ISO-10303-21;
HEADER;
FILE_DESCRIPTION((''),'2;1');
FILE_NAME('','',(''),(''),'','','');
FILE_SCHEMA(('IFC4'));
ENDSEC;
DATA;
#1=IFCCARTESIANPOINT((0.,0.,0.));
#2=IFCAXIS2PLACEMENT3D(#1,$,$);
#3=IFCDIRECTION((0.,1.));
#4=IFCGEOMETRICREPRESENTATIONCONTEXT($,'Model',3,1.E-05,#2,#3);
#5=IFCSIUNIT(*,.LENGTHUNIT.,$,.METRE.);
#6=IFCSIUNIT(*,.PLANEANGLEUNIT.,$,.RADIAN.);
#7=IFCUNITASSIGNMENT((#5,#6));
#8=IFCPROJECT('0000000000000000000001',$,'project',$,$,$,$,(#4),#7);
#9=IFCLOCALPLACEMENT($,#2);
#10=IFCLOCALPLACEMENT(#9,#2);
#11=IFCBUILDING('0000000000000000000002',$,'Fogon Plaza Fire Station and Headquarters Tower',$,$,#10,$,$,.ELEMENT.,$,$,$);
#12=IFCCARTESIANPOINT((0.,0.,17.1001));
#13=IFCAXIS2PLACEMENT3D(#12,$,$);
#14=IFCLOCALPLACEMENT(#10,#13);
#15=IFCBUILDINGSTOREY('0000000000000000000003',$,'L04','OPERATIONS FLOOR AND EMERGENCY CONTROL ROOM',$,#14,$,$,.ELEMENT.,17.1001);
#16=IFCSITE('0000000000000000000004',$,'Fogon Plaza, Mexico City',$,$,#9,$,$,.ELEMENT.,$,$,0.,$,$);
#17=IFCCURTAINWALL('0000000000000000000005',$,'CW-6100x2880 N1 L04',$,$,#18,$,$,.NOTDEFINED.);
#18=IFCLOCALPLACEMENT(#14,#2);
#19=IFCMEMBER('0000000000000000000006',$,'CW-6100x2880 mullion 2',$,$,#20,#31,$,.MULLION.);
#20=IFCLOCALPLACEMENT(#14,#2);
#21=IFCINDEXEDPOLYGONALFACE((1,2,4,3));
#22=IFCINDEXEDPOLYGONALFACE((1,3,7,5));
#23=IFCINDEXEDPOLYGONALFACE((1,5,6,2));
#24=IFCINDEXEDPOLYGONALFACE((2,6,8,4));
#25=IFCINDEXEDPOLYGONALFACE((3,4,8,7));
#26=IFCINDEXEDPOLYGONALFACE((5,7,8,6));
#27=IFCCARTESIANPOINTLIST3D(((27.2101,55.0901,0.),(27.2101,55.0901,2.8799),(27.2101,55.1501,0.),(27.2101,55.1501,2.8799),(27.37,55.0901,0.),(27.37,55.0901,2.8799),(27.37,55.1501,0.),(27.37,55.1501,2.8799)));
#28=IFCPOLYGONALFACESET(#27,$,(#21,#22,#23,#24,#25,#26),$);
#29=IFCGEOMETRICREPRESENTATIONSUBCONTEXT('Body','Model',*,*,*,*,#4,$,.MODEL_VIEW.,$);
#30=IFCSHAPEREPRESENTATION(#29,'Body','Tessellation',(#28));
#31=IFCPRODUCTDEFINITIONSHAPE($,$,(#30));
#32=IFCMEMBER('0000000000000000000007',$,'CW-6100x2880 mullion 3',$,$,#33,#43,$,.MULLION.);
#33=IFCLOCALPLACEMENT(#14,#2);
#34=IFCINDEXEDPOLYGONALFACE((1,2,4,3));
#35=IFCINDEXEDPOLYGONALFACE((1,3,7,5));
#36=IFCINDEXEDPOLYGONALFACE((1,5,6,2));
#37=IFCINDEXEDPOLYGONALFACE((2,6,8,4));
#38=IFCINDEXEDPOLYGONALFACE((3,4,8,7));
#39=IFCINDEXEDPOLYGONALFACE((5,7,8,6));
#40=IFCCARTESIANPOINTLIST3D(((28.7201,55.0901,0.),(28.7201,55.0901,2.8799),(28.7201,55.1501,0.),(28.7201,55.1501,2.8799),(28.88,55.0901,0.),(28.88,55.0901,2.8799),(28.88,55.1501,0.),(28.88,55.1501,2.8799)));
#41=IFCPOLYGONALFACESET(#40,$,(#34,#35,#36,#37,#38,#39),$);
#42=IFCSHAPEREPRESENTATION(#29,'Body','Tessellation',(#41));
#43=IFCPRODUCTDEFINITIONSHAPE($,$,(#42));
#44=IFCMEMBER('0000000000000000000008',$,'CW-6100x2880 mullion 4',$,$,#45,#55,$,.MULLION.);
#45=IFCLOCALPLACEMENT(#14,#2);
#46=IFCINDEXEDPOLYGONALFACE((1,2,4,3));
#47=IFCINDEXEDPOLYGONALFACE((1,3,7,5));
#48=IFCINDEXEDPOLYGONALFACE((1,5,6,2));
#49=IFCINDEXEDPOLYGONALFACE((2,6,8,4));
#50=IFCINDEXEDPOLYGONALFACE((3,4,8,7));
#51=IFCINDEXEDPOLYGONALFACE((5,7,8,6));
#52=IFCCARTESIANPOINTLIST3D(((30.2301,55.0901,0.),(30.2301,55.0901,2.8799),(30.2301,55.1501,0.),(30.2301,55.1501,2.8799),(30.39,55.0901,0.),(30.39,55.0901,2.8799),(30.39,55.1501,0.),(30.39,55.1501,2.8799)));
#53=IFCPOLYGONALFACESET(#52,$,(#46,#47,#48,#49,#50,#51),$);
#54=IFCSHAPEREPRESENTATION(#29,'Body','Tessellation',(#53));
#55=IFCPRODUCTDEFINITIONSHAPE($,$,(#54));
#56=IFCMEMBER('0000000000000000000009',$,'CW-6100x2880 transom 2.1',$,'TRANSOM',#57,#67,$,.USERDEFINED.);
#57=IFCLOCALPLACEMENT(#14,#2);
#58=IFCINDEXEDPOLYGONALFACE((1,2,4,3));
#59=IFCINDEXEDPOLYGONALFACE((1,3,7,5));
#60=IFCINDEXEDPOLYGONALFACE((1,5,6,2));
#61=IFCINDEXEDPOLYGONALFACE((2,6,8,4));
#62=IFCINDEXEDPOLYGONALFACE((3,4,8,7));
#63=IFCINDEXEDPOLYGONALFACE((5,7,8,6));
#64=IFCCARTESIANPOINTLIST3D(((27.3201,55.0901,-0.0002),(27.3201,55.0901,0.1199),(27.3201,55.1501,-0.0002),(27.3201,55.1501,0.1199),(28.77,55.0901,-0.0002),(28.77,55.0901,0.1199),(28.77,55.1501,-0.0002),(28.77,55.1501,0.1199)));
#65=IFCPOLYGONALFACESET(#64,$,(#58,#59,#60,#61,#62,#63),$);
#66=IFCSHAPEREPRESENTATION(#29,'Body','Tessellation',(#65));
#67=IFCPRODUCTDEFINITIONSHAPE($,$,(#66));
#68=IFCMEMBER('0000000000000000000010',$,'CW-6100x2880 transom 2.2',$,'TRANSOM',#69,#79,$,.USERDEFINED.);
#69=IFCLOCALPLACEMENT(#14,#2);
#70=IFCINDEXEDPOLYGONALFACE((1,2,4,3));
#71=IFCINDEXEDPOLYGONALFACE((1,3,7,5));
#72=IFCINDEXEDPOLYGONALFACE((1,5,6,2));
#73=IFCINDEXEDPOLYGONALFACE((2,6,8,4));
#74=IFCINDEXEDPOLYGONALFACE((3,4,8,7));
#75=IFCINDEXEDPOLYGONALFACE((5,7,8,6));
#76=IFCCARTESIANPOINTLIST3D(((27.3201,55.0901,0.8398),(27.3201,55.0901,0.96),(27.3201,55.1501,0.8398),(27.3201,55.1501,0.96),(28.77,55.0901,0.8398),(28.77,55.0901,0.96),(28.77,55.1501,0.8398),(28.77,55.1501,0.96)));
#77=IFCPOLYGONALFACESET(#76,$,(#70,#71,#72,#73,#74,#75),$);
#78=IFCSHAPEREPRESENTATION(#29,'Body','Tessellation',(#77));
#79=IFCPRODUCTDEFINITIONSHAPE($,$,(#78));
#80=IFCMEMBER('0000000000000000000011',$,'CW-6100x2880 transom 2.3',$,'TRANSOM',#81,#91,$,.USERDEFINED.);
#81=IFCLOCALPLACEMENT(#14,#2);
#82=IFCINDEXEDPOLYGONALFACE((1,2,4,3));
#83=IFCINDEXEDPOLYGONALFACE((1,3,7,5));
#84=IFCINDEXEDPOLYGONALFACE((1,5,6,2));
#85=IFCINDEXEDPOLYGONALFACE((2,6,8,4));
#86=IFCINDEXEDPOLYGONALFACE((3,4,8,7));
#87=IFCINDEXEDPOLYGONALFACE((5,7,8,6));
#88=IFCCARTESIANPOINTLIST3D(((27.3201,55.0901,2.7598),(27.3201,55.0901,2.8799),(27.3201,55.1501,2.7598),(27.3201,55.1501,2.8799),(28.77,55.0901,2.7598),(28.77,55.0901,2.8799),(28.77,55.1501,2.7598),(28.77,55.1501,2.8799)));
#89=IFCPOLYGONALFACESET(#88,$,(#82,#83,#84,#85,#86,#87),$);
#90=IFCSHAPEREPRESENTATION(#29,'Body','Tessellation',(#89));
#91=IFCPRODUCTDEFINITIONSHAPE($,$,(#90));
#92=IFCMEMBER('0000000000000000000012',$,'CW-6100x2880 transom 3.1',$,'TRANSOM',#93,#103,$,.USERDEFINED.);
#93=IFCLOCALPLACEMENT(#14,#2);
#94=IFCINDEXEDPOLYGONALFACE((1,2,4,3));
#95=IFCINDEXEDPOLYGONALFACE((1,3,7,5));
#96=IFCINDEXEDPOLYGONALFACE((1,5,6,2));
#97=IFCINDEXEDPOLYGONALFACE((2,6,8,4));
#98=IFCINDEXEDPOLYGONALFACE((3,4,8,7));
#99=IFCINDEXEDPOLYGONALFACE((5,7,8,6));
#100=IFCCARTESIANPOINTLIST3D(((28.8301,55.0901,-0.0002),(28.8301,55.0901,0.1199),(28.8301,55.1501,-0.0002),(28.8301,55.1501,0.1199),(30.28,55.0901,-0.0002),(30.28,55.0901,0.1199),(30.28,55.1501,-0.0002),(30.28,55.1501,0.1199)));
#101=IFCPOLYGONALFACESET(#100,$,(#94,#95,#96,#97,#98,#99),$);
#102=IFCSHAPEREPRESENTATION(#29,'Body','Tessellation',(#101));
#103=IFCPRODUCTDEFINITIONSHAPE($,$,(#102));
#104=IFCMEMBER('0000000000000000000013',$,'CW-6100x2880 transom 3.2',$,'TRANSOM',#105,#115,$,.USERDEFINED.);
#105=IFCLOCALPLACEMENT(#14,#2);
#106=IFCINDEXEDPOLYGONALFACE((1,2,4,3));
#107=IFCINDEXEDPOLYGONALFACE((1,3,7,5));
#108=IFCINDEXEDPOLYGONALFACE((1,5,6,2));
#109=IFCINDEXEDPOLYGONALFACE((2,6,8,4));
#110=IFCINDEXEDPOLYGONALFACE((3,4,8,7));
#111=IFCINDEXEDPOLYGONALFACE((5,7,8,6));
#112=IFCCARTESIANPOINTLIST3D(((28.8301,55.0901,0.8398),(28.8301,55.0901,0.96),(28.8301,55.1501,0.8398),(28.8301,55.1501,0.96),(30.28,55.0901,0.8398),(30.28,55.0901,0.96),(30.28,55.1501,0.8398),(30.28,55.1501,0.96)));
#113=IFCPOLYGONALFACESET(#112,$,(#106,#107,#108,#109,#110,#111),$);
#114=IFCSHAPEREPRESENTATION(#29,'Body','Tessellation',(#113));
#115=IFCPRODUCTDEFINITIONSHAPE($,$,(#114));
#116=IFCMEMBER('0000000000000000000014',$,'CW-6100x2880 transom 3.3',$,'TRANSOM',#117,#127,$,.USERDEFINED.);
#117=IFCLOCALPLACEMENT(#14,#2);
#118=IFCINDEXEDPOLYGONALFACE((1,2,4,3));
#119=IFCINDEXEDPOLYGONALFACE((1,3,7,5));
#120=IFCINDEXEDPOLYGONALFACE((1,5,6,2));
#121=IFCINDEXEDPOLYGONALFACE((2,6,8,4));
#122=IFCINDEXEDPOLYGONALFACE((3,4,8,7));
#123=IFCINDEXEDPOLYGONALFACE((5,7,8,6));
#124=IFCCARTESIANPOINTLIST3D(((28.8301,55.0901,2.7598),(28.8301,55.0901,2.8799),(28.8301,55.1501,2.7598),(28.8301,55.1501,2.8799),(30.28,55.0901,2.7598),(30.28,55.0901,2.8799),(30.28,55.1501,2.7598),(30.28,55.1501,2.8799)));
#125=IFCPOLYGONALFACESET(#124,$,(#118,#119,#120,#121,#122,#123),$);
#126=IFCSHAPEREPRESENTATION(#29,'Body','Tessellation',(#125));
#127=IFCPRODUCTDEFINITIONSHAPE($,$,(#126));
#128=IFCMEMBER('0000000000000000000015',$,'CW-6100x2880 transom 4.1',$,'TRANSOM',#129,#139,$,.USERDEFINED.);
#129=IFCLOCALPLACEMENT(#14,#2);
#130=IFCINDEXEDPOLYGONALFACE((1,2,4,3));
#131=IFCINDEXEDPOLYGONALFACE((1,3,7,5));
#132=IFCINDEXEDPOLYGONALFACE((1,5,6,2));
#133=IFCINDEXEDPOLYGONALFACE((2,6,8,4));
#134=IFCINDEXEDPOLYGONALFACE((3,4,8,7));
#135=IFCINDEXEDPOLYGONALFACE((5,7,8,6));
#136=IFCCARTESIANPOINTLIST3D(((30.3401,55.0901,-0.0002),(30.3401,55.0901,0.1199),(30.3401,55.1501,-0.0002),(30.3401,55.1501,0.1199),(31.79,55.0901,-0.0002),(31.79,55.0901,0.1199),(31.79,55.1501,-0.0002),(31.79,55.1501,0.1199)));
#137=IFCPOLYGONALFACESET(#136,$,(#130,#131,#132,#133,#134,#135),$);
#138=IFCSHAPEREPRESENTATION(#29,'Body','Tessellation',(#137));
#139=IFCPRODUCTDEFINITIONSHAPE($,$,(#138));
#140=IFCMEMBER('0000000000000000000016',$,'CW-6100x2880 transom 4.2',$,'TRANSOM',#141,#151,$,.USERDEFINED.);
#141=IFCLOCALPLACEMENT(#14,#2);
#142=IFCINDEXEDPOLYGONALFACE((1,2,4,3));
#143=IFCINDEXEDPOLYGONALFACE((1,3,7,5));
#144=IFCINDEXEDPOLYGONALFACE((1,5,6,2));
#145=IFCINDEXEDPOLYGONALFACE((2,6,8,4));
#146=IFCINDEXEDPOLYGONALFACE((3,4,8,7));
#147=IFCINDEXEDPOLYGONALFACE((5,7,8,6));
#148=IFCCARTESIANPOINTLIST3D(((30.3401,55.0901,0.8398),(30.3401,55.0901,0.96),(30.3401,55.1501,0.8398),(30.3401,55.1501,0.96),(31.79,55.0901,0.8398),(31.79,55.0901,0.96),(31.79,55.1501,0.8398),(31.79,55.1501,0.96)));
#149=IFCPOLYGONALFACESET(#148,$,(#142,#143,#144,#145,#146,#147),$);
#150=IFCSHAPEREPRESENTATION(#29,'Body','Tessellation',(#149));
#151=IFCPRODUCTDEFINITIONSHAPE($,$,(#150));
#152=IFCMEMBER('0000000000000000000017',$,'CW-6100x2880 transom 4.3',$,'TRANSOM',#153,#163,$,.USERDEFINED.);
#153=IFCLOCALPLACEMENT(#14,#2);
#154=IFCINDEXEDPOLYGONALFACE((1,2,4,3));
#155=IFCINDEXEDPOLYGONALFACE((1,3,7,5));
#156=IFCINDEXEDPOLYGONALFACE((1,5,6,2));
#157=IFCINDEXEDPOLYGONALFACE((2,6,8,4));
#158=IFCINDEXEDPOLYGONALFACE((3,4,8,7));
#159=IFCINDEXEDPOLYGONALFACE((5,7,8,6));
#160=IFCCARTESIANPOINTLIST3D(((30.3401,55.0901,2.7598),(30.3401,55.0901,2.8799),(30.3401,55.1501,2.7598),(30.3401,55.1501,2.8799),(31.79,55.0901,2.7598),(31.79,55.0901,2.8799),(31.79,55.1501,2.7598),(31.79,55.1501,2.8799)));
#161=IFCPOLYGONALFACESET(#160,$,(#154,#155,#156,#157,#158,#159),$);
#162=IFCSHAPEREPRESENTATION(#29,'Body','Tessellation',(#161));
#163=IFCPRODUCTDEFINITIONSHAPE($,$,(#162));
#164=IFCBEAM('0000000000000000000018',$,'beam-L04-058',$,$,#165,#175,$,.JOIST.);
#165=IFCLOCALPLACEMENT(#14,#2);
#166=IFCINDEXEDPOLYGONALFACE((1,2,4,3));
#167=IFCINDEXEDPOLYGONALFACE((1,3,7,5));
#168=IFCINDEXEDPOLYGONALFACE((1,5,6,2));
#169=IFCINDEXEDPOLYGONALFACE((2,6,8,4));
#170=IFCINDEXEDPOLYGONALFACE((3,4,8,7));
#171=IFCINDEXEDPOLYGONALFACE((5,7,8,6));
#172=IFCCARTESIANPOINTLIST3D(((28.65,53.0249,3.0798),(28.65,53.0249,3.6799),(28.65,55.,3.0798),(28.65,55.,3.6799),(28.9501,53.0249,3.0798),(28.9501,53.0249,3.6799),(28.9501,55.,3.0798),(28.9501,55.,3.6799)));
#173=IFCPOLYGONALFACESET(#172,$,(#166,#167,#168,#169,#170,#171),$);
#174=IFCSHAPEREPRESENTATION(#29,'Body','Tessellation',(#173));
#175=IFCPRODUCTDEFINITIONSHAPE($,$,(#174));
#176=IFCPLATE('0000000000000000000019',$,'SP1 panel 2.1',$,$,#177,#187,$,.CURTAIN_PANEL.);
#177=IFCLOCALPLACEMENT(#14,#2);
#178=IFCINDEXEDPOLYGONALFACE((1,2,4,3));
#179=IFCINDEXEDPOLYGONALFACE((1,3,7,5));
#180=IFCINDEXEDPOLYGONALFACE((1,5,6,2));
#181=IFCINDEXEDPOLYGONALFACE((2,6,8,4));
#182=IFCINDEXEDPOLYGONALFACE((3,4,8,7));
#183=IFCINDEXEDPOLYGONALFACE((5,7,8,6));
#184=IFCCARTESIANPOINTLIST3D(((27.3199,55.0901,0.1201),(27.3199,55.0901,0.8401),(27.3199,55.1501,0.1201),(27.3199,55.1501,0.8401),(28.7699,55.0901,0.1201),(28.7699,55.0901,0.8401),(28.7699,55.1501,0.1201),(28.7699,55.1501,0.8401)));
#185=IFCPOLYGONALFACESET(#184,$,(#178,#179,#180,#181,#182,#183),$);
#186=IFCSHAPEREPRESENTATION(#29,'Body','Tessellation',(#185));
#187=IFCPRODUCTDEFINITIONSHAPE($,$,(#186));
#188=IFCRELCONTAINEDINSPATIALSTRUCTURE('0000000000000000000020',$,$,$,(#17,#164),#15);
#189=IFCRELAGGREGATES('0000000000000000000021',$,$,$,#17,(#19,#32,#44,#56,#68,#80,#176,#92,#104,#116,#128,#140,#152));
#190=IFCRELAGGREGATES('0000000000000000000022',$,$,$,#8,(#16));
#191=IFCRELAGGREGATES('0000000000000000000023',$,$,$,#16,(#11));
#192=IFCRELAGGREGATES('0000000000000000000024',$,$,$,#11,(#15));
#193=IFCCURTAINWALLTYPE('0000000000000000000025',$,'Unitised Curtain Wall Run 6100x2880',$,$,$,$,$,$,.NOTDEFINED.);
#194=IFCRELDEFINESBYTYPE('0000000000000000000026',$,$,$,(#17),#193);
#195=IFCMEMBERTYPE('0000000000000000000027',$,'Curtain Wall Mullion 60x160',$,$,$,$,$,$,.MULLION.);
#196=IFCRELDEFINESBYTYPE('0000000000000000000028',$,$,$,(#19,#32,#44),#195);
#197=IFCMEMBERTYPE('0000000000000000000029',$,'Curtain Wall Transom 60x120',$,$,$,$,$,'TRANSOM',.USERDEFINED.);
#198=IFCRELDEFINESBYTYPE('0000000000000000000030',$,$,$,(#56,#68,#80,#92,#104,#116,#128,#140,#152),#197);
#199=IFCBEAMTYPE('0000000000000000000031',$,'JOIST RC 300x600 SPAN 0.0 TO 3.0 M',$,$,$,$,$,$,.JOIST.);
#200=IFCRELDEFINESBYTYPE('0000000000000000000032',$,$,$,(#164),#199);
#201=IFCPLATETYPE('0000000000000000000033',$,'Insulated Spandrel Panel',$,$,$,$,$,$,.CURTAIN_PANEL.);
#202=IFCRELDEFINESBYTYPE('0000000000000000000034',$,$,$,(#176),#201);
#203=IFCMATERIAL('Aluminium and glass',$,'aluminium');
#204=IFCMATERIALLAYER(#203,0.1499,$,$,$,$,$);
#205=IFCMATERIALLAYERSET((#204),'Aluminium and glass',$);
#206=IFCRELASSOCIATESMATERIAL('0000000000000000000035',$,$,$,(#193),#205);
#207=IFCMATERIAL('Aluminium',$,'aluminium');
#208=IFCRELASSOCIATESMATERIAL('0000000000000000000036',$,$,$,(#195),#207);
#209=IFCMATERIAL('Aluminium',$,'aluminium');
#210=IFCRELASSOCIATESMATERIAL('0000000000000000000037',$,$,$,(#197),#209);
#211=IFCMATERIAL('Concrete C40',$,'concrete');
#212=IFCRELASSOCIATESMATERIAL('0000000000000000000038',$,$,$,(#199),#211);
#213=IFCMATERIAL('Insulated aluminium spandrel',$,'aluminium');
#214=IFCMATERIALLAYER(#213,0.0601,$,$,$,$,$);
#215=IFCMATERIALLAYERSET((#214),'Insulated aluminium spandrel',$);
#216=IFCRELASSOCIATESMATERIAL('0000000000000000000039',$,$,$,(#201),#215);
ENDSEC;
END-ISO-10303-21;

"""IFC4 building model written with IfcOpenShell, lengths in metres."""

from ifc_helpers import new_model, si_unit, direction, frame, origin, origin_2d, place, context, subcontext, project, spatial, rectangle, extrude, material, layer, layer_set, material_profile, profile_set, type_object, element, aggregate, save


model = new_model("IFC4")

# Units and contexts
model_context = context("Model", 3, precision=1e-05, world=origin(), true_north=direction((0.0, 1.0)))
body_context = subcontext(model_context, "Body", "Model", "MODEL_VIEW")
ifc_project = project(units=[si_unit("LENGTHUNIT", "METRE"), si_unit("PLANEANGLEUNIT", "RADIAN")], contexts=[model_context])

# Site, building, storey
site_placement = place(None, origin())
site = spatial("IfcSite", under=ifc_project, at=site_placement, Name="Fogon Plaza, Mexico City", CompositionType="ELEMENT", RefElevation=0.0)
building_placement = place(site_placement, origin())
building = spatial("IfcBuilding", under=site, at=building_placement, Name="Fogon Plaza Fire Station and Headquarters Tower", CompositionType="ELEMENT")
storey_placement = place(building_placement, frame((0.0, 0.0, 17.1001)))
storey = spatial("IfcBuildingStorey", under=building, at=storey_placement, Name="L04", Description="OPERATIONS FLOOR AND EMERGENCY CONTROL ROOM", CompositionType="ELEMENT", Elevation=17.1001)

# Curtain wall, members
ifc_material_1 = material(Name="Aluminium and glass", Category="aluminium")
ifc_layer_1 = layer(ifc_material_1, 0.1499)
ifc_layer_set_1 = layer_set([ifc_layer_1], Name="Aluminium and glass")
curtain_wall_type = type_object("IfcCurtainWallType", Name="Unitised Curtain Wall Run 6100x2880", PredefinedType="NOTDEFINED", material=ifc_layer_set_1)
curtain_wall_placement = place(storey_placement, origin())
curtain_wall = element("IfcCurtainWall", 1, at=curtain_wall_placement, inside=storey, type_object=curtain_wall_type, Name="CW-6100x2880 N1 L04", PredefinedType="NOTDEFINED")
ifc_material_2 = material(Name="Aluminium", Category="aluminium")
ifc_material_profile_1 = material_profile(ifc_material_2, rectangle(XDim=0.0601, YDim=0.1599, at=origin_2d()), Name="Curtain Wall Mullion 60x160")
ifc_profile_set_1 = profile_set([ifc_material_profile_1], Name="Aluminium")
member_type_1 = type_object("IfcMemberType", Name="Curtain Wall Mullion 60x160", PredefinedType="MULLION", material=ifc_profile_set_1)
member_1_placement = place(storey_placement, frame((27.29, 55.1201, 0.0), z_axis=(0.0, 0.0, 1.0), x_axis=(0.0, 1.0, 0.0)))
member_1 = element("IfcMember", 2, at=member_1_placement, type_object=member_type_1, Name="CW-6100x2880 mullion 2", PredefinedType="MULLION", context=body_context, shape_type="SweptSolid", body=[
    extrude(rectangle(XDim=0.0601, YDim=0.1599, at=origin_2d()), origin(), (0.0, 0.0, 1.0), 2.8799),
])
member_2_placement = place(storey_placement, frame((28.8, 55.1201, 0.0), z_axis=(0.0, 0.0, 1.0), x_axis=(0.0, 1.0, 0.0)))
member_2 = element("IfcMember", 3, at=member_2_placement, type_object=member_type_1, Name="CW-6100x2880 mullion 3", PredefinedType="MULLION", context=body_context, shape_type="SweptSolid", body=[
    extrude(rectangle(XDim=0.0601, YDim=0.1599, at=origin_2d()), origin(), (0.0, 0.0, 1.0), 2.8799),
])
member_3_placement = place(storey_placement, frame((30.3101, 55.1201, 0.0), z_axis=(0.0, 0.0, 1.0), x_axis=(0.0, 1.0, 0.0)))
member_3 = element("IfcMember", 4, at=member_3_placement, type_object=member_type_1, Name="CW-6100x2880 mullion 4", PredefinedType="MULLION", context=body_context, shape_type="SweptSolid", body=[
    extrude(rectangle(XDim=0.0601, YDim=0.1599, at=origin_2d()), origin(), (0.0, 0.0, 1.0), 2.8799),
])
ifc_material_3 = material(Name="Aluminium", Category="aluminium")
ifc_material_profile_2 = material_profile(ifc_material_3, rectangle(XDim=0.0601, YDim=0.1201, at=origin_2d()), Name="Curtain Wall Transom 60x120")
ifc_profile_set_2 = profile_set([ifc_material_profile_2], Name="Aluminium")
member_type_2 = type_object("IfcMemberType", Name="Curtain Wall Transom 60x120", ElementType="TRANSOM", PredefinedType="USERDEFINED", material=ifc_profile_set_2)
member_4_placement = place(storey_placement, frame((27.3201, 55.1201, 0.0598), z_axis=(1.0, 0.0, 0.0), x_axis=(0.0, 1.0, 0.0)))
member_4 = element("IfcMember", 5, at=member_4_placement, type_object=member_type_2, Name="CW-6100x2880 transom 2.1", ObjectType="TRANSOM", PredefinedType="USERDEFINED", context=body_context, shape_type="SweptSolid", body=[
    extrude(rectangle(XDim=0.0601, YDim=0.1201, at=origin_2d()), origin(), (0.0, 0.0, 1.0), 1.45),
])
member_5_placement = place(storey_placement, frame((27.3201, 55.1201, 0.8999), z_axis=(1.0, 0.0, 0.0), x_axis=(0.0, 1.0, 0.0)))
member_5 = element("IfcMember", 6, at=member_5_placement, type_object=member_type_2, Name="CW-6100x2880 transom 2.2", ObjectType="TRANSOM", PredefinedType="USERDEFINED", context=body_context, shape_type="SweptSolid", body=[
    extrude(rectangle(XDim=0.0601, YDim=0.1201, at=origin_2d()), origin(), (0.0, 0.0, 1.0), 1.45),
])
member_6_placement = place(storey_placement, frame((27.3201, 55.1201, 2.8198), z_axis=(1.0, 0.0, 0.0), x_axis=(0.0, 1.0, 0.0)))
member_6 = element("IfcMember", 7, at=member_6_placement, type_object=member_type_2, Name="CW-6100x2880 transom 2.3", ObjectType="TRANSOM", PredefinedType="USERDEFINED", context=body_context, shape_type="SweptSolid", body=[
    extrude(rectangle(XDim=0.0601, YDim=0.1201, at=origin_2d()), origin(), (0.0, 0.0, 1.0), 1.45),
])
member_7_placement = place(storey_placement, frame((28.8301, 55.1201, 0.0598), z_axis=(1.0, 0.0, 0.0), x_axis=(0.0, 1.0, 0.0)))
member_7 = element("IfcMember", 8, at=member_7_placement, type_object=member_type_2, Name="CW-6100x2880 transom 3.1", ObjectType="TRANSOM", PredefinedType="USERDEFINED", context=body_context, shape_type="SweptSolid", body=[
    extrude(rectangle(XDim=0.0601, YDim=0.1201, at=origin_2d()), origin(), (0.0, 0.0, 1.0), 1.45),
])
member_8_placement = place(storey_placement, frame((28.8301, 55.1201, 0.8999), z_axis=(1.0, 0.0, 0.0), x_axis=(0.0, 1.0, 0.0)))
member_8 = element("IfcMember", 9, at=member_8_placement, type_object=member_type_2, Name="CW-6100x2880 transom 3.2", ObjectType="TRANSOM", PredefinedType="USERDEFINED", context=body_context, shape_type="SweptSolid", body=[
    extrude(rectangle(XDim=0.0601, YDim=0.1201, at=origin_2d()), origin(), (0.0, 0.0, 1.0), 1.45),
])
member_9_placement = place(storey_placement, frame((28.8301, 55.1201, 2.8198), z_axis=(1.0, 0.0, 0.0), x_axis=(0.0, 1.0, 0.0)))
member_9 = element("IfcMember", 10, at=member_9_placement, type_object=member_type_2, Name="CW-6100x2880 transom 3.3", ObjectType="TRANSOM", PredefinedType="USERDEFINED", context=body_context, shape_type="SweptSolid", body=[
    extrude(rectangle(XDim=0.0601, YDim=0.1201, at=origin_2d()), origin(), (0.0, 0.0, 1.0), 1.45),
])
member_10_placement = place(storey_placement, frame((30.3401, 55.1201, 0.0598), z_axis=(1.0, 0.0, 0.0), x_axis=(0.0, 1.0, 0.0)))
member_10 = element("IfcMember", 11, at=member_10_placement, type_object=member_type_2, Name="CW-6100x2880 transom 4.1", ObjectType="TRANSOM", PredefinedType="USERDEFINED", context=body_context, shape_type="SweptSolid", body=[
    extrude(rectangle(XDim=0.0601, YDim=0.1201, at=origin_2d()), origin(), (0.0, 0.0, 1.0), 1.45),
])
member_11_placement = place(storey_placement, frame((30.3401, 55.1201, 0.8999), z_axis=(1.0, 0.0, 0.0), x_axis=(0.0, 1.0, 0.0)))
member_11 = element("IfcMember", 12, at=member_11_placement, type_object=member_type_2, Name="CW-6100x2880 transom 4.2", ObjectType="TRANSOM", PredefinedType="USERDEFINED", context=body_context, shape_type="SweptSolid", body=[
    extrude(rectangle(XDim=0.0601, YDim=0.1201, at=origin_2d()), origin(), (0.0, 0.0, 1.0), 1.45),
])
member_12_placement = place(storey_placement, frame((30.3401, 55.1201, 2.8198), z_axis=(1.0, 0.0, 0.0), x_axis=(0.0, 1.0, 0.0)))
member_12 = element("IfcMember", 13, at=member_12_placement, type_object=member_type_2, Name="CW-6100x2880 transom 4.3", ObjectType="TRANSOM", PredefinedType="USERDEFINED", context=body_context, shape_type="SweptSolid", body=[
    extrude(rectangle(XDim=0.0601, YDim=0.1201, at=origin_2d()), origin(), (0.0, 0.0, 1.0), 1.45),
])

# Beam
ifc_material_4 = material(Name="Concrete C40", Category="concrete")
ifc_material_profile_3 = material_profile(ifc_material_4, rectangle(XDim=0.3, YDim=0.6001, at=origin_2d()), Name="RC 300x600")
ifc_profile_set_3 = profile_set([ifc_material_profile_3], Name="Concrete C40")
beam_type = type_object("IfcBeamType", Name="JOIST RC 300x600 SPAN 0.0 TO 3.0 M", PredefinedType="JOIST", material=ifc_profile_set_3)
beam_placement = place(storey_placement, frame((28.8, 53.0249, 3.3799), z_axis=(0.0, 1.0, 0.0), x_axis=(-1.0, 0.0, 0.0)))
element("IfcBeam", 14, at=beam_placement, inside=storey, type_object=beam_type, Name="beam-L04-058", PredefinedType="JOIST", context=body_context, shape_type="SweptSolid", body=[
    extrude(rectangle(XDim=0.3, YDim=0.6001, at=origin_2d()), origin(), (0.0, 0.0, 1.0), 1.9751),
])

# Plate
ifc_material_5 = material(Name="Insulated aluminium spandrel", Category="aluminium")
ifc_layer_2 = layer(ifc_material_5, 0.0601)
ifc_layer_set_2 = layer_set([ifc_layer_2], Name="Insulated aluminium spandrel")
plate_type_1 = type_object("IfcPlateType", Name="Insulated Spandrel Panel", PredefinedType="CURTAIN_PANEL", material=ifc_layer_set_2)
plate_1_placement = place(storey_placement, frame((28.0449, 55.1201, 0.1201), z_axis=(0.0, 0.0, 1.0), x_axis=(1.0, 0.0, 0.0)))
plate_1 = element("IfcPlate", 15, at=plate_1_placement, type_object=plate_type_1, Name="SP1 panel 2.1", PredefinedType="CURTAIN_PANEL", context=body_context, shape_type="SweptSolid", body=[
    extrude(rectangle(XDim=1.45, YDim=0.0601, at=origin_2d()), origin(), (0.0, 0.0, 1.0), 0.72),
])
aggregate(curtain_wall, [member_1, member_2, member_3, member_4, member_5, member_6, plate_1, member_7, member_8, member_9, member_10, member_11, member_12])

save(model, "model.ifc")
